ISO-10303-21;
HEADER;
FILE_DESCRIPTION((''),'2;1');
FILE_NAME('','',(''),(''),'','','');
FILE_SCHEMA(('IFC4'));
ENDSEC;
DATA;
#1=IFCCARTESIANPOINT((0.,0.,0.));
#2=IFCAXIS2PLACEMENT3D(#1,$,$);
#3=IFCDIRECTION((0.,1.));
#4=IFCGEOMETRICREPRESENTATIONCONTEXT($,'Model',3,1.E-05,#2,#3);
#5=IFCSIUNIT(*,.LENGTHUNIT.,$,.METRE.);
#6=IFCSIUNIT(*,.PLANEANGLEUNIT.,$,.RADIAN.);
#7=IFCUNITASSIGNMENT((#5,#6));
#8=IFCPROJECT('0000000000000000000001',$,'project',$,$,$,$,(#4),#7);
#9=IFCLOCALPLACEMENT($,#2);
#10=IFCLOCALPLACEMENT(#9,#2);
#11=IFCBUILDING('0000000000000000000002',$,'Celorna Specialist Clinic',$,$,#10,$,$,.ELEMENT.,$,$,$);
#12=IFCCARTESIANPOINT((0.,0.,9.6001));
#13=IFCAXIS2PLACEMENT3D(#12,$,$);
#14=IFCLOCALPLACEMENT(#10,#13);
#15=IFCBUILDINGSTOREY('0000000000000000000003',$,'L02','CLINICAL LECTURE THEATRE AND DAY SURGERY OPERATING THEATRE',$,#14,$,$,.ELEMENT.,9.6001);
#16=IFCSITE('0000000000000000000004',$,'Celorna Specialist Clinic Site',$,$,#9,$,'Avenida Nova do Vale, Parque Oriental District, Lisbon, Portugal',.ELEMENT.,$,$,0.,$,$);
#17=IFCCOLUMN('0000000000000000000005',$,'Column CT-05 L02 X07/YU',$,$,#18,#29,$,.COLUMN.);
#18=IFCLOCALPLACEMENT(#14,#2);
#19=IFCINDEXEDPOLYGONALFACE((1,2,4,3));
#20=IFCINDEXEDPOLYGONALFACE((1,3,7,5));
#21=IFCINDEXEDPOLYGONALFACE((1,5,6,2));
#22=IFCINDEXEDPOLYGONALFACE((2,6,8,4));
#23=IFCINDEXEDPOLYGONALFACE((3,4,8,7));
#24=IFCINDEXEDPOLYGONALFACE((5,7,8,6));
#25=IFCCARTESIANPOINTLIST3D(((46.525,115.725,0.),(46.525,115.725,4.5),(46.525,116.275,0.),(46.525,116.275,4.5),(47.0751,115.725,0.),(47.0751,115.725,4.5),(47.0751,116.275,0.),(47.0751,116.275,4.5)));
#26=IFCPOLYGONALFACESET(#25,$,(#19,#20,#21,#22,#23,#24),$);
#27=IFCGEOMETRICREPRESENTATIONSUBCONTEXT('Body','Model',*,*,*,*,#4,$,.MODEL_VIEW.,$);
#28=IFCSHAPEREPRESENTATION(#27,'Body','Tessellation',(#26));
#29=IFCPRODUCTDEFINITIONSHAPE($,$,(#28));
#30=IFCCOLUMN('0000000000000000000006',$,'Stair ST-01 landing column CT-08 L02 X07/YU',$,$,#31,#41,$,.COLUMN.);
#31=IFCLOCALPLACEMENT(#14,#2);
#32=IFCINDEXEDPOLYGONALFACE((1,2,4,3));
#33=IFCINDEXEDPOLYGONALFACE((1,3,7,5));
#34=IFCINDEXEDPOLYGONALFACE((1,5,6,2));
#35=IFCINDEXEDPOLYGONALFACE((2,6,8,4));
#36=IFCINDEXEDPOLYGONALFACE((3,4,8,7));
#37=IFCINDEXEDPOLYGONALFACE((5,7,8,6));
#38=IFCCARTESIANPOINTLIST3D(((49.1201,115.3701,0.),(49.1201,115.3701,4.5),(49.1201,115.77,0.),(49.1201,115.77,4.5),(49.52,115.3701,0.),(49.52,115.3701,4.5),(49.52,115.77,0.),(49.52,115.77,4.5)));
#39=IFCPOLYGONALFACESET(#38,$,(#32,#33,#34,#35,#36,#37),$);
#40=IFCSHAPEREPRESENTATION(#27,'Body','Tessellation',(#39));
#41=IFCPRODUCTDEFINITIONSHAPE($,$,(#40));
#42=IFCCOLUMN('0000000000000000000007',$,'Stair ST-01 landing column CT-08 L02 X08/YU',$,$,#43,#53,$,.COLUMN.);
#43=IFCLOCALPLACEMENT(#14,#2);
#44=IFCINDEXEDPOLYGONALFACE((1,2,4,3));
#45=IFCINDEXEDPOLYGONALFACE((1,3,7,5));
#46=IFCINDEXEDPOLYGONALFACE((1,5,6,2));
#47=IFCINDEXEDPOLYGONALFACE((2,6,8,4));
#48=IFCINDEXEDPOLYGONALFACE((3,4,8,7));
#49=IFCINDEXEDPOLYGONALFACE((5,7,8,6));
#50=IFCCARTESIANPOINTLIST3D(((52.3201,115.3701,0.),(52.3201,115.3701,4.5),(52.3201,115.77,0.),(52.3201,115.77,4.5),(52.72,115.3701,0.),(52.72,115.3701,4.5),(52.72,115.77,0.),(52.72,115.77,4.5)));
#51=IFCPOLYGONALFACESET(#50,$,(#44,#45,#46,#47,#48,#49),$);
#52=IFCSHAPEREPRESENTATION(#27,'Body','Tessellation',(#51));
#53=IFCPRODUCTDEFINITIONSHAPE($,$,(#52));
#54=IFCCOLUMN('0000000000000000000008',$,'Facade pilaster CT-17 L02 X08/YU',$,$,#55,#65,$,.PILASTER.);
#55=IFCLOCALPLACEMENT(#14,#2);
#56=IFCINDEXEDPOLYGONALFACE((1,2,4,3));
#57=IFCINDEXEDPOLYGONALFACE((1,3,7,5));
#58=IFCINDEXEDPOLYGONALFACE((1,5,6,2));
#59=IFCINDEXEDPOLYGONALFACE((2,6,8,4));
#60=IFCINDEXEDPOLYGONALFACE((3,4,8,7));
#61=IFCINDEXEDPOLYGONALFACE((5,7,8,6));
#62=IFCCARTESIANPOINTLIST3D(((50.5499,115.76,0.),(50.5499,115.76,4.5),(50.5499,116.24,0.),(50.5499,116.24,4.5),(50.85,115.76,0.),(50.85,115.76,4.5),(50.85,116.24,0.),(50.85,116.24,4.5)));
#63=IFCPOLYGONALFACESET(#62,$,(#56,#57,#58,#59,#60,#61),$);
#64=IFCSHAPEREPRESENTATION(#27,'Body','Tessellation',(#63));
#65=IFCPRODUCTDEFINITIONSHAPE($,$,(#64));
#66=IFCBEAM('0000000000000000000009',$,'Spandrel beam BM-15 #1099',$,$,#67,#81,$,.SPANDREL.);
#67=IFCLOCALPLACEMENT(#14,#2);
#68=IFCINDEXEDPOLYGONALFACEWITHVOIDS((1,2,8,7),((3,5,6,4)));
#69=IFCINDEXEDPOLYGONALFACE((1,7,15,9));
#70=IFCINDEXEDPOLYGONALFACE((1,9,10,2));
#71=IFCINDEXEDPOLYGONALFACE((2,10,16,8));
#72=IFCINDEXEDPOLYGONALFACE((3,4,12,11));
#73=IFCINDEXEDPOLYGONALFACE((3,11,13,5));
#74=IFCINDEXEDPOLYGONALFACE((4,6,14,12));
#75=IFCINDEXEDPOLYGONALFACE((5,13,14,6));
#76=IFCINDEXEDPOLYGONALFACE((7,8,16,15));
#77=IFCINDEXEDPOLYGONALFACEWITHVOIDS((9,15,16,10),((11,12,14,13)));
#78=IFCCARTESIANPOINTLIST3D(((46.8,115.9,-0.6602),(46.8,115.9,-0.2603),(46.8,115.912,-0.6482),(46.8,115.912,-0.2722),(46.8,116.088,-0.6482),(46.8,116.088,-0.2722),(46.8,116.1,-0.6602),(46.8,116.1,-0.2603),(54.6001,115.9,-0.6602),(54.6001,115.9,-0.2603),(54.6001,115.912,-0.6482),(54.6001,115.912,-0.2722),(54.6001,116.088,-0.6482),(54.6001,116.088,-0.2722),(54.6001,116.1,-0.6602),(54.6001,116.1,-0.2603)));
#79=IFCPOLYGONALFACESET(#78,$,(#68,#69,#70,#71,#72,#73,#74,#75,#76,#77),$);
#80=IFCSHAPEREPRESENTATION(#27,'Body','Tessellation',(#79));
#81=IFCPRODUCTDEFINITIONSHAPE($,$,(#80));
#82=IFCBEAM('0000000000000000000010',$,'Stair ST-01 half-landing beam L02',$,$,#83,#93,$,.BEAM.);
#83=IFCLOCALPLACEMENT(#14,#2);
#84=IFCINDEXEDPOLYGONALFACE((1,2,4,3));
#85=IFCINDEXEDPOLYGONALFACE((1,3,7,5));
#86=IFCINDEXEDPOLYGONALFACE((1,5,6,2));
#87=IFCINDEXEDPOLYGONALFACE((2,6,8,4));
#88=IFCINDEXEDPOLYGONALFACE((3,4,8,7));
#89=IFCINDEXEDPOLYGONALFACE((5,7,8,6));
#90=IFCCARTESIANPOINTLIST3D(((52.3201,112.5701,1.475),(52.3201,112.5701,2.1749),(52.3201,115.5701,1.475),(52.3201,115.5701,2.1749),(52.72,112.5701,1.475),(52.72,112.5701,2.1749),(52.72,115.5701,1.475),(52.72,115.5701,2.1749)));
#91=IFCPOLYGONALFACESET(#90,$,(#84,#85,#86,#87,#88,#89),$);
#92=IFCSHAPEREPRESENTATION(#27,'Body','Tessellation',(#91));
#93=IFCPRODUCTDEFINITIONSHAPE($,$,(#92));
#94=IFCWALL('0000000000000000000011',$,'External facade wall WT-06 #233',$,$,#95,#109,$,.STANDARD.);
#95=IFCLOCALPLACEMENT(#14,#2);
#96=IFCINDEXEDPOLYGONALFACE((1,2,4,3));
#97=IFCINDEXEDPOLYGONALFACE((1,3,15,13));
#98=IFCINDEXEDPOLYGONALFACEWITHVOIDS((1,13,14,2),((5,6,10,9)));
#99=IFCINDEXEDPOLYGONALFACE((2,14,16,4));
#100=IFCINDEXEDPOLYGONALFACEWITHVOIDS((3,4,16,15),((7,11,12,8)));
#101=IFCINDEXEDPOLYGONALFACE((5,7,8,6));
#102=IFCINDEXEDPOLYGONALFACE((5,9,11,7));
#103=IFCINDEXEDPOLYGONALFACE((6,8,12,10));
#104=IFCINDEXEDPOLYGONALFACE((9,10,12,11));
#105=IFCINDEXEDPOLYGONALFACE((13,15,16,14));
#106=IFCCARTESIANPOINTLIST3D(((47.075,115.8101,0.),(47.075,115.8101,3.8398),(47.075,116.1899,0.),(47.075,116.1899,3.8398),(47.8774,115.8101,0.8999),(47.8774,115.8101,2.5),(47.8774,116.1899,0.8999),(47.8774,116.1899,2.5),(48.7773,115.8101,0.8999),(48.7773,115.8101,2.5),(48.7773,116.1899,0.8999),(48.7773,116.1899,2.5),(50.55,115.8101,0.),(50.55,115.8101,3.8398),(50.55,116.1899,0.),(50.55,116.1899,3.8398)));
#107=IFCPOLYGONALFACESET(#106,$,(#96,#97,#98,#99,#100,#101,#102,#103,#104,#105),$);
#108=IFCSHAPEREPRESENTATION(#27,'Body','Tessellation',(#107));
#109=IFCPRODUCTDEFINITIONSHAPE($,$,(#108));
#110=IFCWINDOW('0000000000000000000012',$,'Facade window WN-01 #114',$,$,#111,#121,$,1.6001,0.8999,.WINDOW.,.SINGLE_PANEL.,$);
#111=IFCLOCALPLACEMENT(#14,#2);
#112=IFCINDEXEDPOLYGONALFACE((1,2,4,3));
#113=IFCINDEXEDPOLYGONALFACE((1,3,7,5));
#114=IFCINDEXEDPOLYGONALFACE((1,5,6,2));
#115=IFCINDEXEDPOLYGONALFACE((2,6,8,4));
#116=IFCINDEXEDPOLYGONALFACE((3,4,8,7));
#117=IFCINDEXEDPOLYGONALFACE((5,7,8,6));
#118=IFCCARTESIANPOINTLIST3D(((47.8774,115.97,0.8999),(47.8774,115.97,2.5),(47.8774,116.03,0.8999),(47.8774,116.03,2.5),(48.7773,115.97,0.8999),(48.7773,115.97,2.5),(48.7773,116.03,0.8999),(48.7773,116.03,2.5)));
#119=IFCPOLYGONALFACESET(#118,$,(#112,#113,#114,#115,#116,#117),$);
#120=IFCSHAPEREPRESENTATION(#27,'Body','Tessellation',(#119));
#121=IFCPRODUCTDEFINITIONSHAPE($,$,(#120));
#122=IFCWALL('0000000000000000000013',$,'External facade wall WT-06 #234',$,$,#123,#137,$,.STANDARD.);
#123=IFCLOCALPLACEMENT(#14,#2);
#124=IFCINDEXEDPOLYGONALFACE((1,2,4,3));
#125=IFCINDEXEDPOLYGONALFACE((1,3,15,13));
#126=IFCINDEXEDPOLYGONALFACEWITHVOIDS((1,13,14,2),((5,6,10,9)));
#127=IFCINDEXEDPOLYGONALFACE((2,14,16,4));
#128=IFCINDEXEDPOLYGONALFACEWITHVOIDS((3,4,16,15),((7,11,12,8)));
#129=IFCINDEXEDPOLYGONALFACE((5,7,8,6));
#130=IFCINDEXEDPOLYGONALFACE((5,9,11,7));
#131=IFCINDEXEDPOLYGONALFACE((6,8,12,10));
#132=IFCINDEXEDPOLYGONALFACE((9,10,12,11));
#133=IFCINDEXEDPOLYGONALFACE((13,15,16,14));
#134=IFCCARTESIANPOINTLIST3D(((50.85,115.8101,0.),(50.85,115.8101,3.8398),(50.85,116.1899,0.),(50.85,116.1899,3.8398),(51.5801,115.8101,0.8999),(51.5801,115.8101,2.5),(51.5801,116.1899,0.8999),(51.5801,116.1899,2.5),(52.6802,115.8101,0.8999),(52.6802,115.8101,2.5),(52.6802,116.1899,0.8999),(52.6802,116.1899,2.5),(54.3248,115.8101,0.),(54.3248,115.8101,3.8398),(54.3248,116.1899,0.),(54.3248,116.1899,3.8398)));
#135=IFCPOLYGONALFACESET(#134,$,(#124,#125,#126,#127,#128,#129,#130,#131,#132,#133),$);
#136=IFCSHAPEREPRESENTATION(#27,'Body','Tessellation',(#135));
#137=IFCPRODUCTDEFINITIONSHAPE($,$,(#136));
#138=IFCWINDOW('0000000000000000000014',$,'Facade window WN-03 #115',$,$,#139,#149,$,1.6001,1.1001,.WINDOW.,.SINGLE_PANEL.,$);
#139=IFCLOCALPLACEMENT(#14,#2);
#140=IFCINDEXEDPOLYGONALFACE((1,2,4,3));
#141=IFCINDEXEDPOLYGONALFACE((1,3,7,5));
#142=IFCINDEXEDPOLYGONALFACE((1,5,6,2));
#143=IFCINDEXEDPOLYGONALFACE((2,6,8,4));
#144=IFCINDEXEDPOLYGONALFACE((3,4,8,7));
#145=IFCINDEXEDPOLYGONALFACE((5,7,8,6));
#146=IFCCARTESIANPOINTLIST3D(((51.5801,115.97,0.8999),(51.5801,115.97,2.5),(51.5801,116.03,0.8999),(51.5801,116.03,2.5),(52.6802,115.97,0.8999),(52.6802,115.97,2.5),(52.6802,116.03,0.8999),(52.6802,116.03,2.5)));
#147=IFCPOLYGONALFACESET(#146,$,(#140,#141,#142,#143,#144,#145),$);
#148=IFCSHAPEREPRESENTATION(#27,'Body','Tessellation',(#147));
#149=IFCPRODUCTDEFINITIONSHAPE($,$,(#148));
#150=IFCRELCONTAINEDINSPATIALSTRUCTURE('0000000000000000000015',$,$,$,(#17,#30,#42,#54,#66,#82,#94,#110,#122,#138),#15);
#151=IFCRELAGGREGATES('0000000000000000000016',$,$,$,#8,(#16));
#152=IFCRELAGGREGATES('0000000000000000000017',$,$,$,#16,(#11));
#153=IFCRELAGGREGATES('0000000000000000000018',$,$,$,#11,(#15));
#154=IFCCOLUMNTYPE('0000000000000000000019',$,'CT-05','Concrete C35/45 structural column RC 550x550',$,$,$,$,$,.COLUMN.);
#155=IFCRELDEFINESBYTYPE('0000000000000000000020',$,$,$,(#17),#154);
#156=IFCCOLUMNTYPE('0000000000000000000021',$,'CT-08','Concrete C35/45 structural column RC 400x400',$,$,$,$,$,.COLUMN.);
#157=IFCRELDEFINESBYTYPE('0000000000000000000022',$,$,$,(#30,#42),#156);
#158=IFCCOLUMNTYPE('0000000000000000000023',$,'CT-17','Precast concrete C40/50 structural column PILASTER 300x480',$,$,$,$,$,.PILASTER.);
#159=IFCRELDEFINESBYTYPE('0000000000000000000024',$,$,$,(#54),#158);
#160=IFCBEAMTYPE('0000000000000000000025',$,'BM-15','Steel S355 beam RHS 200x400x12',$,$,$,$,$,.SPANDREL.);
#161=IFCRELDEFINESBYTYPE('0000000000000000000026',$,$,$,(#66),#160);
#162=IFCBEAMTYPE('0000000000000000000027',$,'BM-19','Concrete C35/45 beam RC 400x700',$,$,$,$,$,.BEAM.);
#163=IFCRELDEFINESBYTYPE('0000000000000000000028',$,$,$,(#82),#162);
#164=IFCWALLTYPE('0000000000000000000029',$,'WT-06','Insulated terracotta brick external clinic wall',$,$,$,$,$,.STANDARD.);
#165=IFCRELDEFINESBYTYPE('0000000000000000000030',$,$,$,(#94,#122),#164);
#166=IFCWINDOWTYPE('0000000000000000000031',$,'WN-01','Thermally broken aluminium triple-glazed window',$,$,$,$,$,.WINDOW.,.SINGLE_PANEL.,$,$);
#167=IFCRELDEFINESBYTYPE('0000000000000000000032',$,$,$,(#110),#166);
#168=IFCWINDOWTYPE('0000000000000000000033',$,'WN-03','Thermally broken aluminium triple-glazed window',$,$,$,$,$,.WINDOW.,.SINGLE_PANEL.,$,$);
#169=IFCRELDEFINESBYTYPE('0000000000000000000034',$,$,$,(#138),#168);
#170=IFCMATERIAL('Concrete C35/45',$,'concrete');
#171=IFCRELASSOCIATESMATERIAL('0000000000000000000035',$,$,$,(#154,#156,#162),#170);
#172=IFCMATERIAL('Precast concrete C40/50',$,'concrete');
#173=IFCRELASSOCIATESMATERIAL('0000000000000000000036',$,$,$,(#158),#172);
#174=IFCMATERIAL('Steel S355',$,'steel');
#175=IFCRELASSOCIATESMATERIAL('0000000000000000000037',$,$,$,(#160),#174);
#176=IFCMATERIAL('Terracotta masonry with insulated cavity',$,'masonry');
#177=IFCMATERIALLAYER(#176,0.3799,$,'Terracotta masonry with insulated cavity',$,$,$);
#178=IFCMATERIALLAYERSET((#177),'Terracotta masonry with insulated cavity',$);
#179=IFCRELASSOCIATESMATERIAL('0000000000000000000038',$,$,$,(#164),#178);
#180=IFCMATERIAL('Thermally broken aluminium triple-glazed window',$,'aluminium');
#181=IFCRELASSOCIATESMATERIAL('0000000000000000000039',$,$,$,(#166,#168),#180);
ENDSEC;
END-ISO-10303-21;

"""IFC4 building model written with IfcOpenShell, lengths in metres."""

from ifc_helpers import new_model, si_unit, direction, frame, frame_2d, origin, origin_2d, place, context, subcontext, project, spatial, rectangle, hollow_rectangle, extrude, material, layer, layer_set, material_profile, profile_set, type_object, element, fill, save


model = new_model("IFC4")

# Units and contexts
model_context = context("Model", 3, precision=1e-05, world=origin(), true_north=direction((0.0, 1.0)))
body_context = subcontext(model_context, "Body", "Model", "MODEL_VIEW")
ifc_project = project(units=[si_unit("LENGTHUNIT", "METRE"), si_unit("PLANEANGLEUNIT", "RADIAN")], contexts=[model_context])

# Site, building, storey
site_placement = place(None, origin())
site = spatial("IfcSite", under=ifc_project, at=site_placement, Name="Celorna Specialist Clinic Site", LongName="Avenida Nova do Vale, Parque Oriental District, Lisbon, Portugal", CompositionType="ELEMENT", RefElevation=0.0)
building_placement = place(site_placement, origin())
building = spatial("IfcBuilding", under=site, at=building_placement, Name="Celorna Specialist Clinic", CompositionType="ELEMENT")
storey_placement = place(building_placement, frame((0.0, 0.0, 9.6001)))
storey = spatial("IfcBuildingStorey", under=building, at=storey_placement, Name="L02", Description="CLINICAL LECTURE THEATRE AND DAY SURGERY OPERATING THEATRE", CompositionType="ELEMENT", Elevation=9.6001)

# Columns
ifc_material_1 = material(Name="Concrete C35/45", Category="concrete")
ifc_material_profile_1 = material_profile(ifc_material_1, rectangle(XDim=0.55, YDim=0.55, at=origin_2d()), Name="RC 550x550")
ifc_profile_set_1 = profile_set([ifc_material_profile_1], Name="Concrete C35/45")
column_type_1 = type_object("IfcColumnType", Name="CT-05", Description="Concrete C35/45 structural column RC 550x550", PredefinedType="COLUMN", material=ifc_profile_set_1)
column_1_placement = place(storey_placement, frame((46.8, 116.0, 0.0), z_axis=(0.0, 0.0, 1.0), x_axis=(1.0, 0.0, 0.0)))
element("IfcColumn", 1, at=column_1_placement, inside=storey, type_object=column_type_1, Name="Column CT-05 L02 X07/YU", PredefinedType="COLUMN", context=body_context, shape_type="SweptSolid", body=[
    extrude(rectangle(XDim=0.55, YDim=0.55, at=origin_2d()), origin(), (0.0, 0.0, 1.0), 4.5),
])
ifc_material_profile_2 = material_profile(ifc_material_1, rectangle(XDim=0.3999, YDim=0.3999, at=origin_2d()), Name="RC 400x400")
ifc_profile_set_2 = profile_set([ifc_material_profile_2], Name="Concrete C35/45")
column_type_2 = type_object("IfcColumnType", Name="CT-08", Description="Concrete C35/45 structural column RC 400x400", PredefinedType="COLUMN", material=ifc_profile_set_2)
for number, where, z_axis, x_axis, name in (
    (2, (49.3201, 115.5701, 0.0), (0.0, 0.0, 1.0), (1.0, 0.0, 0.0), "Stair ST-01 landing column CT-08 L02 X07/YU"),
    (3, (52.52, 115.5701, 0.0), (0.0, 0.0, 1.0), (1.0, 0.0, 0.0), "Stair ST-01 landing column CT-08 L02 X08/YU"),
):
    element("IfcColumn", number, at=place(storey_placement, frame(where, z_axis=z_axis, x_axis=x_axis)), inside=storey, type_object=column_type_2, Name=name, PredefinedType="COLUMN", context=body_context, shape_type="SweptSolid", body=[
        extrude(rectangle(XDim=0.3999, YDim=0.3999, at=origin_2d()), origin(), (0.0, 0.0, 1.0), 4.5),
    ])
ifc_material_2 = material(Name="Precast concrete C40/50", Category="concrete")
ifc_material_profile_3 = material_profile(ifc_material_2, rectangle(XDim=0.3, YDim=0.48, at=origin_2d()), Name="PILASTER 300x480")
ifc_profile_set_3 = profile_set([ifc_material_profile_3], Name="Precast concrete C40/50")
column_type_3 = type_object("IfcColumnType", Name="CT-17", Description="Precast concrete C40/50 structural column PILASTER 300x480", PredefinedType="PILASTER", material=ifc_profile_set_3)
column_2_placement = place(storey_placement, frame((50.7, 116.0, 0.0), z_axis=(0.0, 0.0, 1.0), x_axis=(1.0, 0.0, 0.0)))
element("IfcColumn", 4, at=column_2_placement, inside=storey, type_object=column_type_3, Name="Facade pilaster CT-17 L02 X08/YU", PredefinedType="PILASTER", context=body_context, shape_type="SweptSolid", body=[
    extrude(rectangle(XDim=0.3, YDim=0.48, at=origin_2d()), origin(), (0.0, 0.0, 1.0), 4.5),
])

# Beams
ifc_material_3 = material(Name="Steel S355", Category="steel")
ifc_material_profile_4 = material_profile(ifc_material_3, hollow_rectangle(XDim=0.2, YDim=0.3999, WallThickness=0.012, at=origin_2d()), Name="RHS 200x400x12")
ifc_profile_set_4 = profile_set([ifc_material_profile_4], Name="Steel S355")
beam_type_1 = type_object("IfcBeamType", Name="BM-15", Description="Steel S355 beam RHS 200x400x12", PredefinedType="SPANDREL", material=ifc_profile_set_4)
beam_1_placement = place(storey_placement, frame((46.8, 116.0, -0.4602), z_axis=(1.0, 0.0, 0.0), x_axis=(0.0, 1.0, 0.0)))
element("IfcBeam", 5, at=beam_1_placement, inside=storey, type_object=beam_type_1, Name="Spandrel beam BM-15 #1099", PredefinedType="SPANDREL", context=body_context, shape_type="SweptSolid", body=[
    extrude(hollow_rectangle(XDim=0.2, YDim=0.3999, WallThickness=0.012, at=origin_2d()), origin(), (0.0, 0.0, 1.0), 7.8),
])
ifc_material_profile_5 = material_profile(ifc_material_1, rectangle(XDim=0.3999, YDim=0.7, at=origin_2d()), Name="RC 400x700")
ifc_profile_set_5 = profile_set([ifc_material_profile_5], Name="Concrete C35/45")
beam_type_2 = type_object("IfcBeamType", Name="BM-19", Description="Concrete C35/45 beam RC 400x700", PredefinedType="BEAM", material=ifc_profile_set_5)
beam_2_placement = place(storey_placement, frame((52.52, 112.5701, 1.825), z_axis=(0.0, 1.0, 0.0), x_axis=(-1.0, 0.0, 0.0)))
element("IfcBeam", 6, at=beam_2_placement, inside=storey, type_object=beam_type_2, Name="Stair ST-01 half-landing beam L02", PredefinedType="BEAM", context=body_context, shape_type="SweptSolid", body=[
    extrude(rectangle(XDim=0.3999, YDim=0.7, at=origin_2d()), origin(), (0.0, 0.0, 1.0), 3.0),
])

# Walls, openings, windows
ifc_material_4 = material(Name="Terracotta masonry with insulated cavity", Category="masonry")
ifc_layer_1 = layer(ifc_material_4, 0.3799, Name="Terracotta masonry with insulated cavity")
ifc_layer_set_1 = layer_set([ifc_layer_1], Name="Terracotta masonry with insulated cavity")
wall_type = type_object("IfcWallType", Name="WT-06", Description="Insulated terracotta brick external clinic wall", PredefinedType="STANDARD", material=ifc_layer_set_1)
wall_1_placement = place(storey_placement, frame((47.075, 116.0, 0.0), z_axis=(0.0, 0.0, 1.0), x_axis=(1.0, 0.0, 0.0)))
wall_1 = element("IfcWall", 7, at=wall_1_placement, inside=storey, type_object=wall_type, Name="External facade wall WT-06 #233", PredefinedType="STANDARD", context=body_context, shape_type="SweptSolid", body=[
    extrude(rectangle(XDim=3.4751, YDim=0.3799, at=frame_2d((1.7375, 0.0))), origin(), (0.0, 0.0, 1.0), 3.8398),
])
opening_1_placement = place(wall_1_placement, frame((0.8025, 0.0, 0.8999)))
opening_1 = element("IfcOpeningElement", 8, at=opening_1_placement, cuts=wall_1, PredefinedType="OPENING", context=body_context, shape_type="SweptSolid", body=[
    extrude(rectangle(XDim=0.8999, YDim=1.6001, at=frame_2d((0.45, 0.8))), frame((0.0, 0.2, 0.0), z_axis=(0.0, -1.0, 0.0), x_axis=(1.0, 0.0, 0.0)), (0.0, 0.0, 1.0), 0.3999),
])
ifc_material_5 = material(Name="Thermally broken aluminium triple-glazed window", Category="aluminium")
window_type_1 = type_object("IfcWindowType", Name="WN-01", Description="Thermally broken aluminium triple-glazed window", PartitioningType="SINGLE_PANEL", PredefinedType="WINDOW", material=ifc_material_5)
window_1_placement = place(opening_1_placement, origin())
window_1 = element("IfcWindow", 9, at=window_1_placement, inside=storey, type_object=window_type_1, Name="Facade window WN-01 #114", OverallHeight=1.6001, OverallWidth=0.8999, PartitioningType="SINGLE_PANEL", PredefinedType="WINDOW", context=body_context, shape_type="SweptSolid", body=[
    extrude(rectangle(XDim=0.8999, YDim=1.6001, at=frame_2d((0.45, 0.8))), frame((0.0, 0.03, 0.0), z_axis=(0.0, -1.0, 0.0), x_axis=(1.0, 0.0, 0.0)), (0.0, 0.0, 1.0), 0.0601),
])
fill(opening_1, window_1)
wall_2_placement = place(storey_placement, frame((50.8501, 116.0, 0.0), z_axis=(0.0, 0.0, 1.0), x_axis=(1.0, 0.0, 0.0)))
wall_2 = element("IfcWall", 10, at=wall_2_placement, inside=storey, type_object=wall_type, Name="External facade wall WT-06 #234", PredefinedType="STANDARD", context=body_context, shape_type="SweptSolid", body=[
    extrude(rectangle(XDim=3.4749, YDim=0.3799, at=frame_2d((1.7373, 0.0))), origin(), (0.0, 0.0, 1.0), 3.8398),
])
opening_2_placement = place(wall_2_placement, frame((0.73, 0.0, 0.8999)))
opening_2 = element("IfcOpeningElement", 11, at=opening_2_placement, cuts=wall_2, PredefinedType="OPENING", context=body_context, shape_type="SweptSolid", body=[
    extrude(rectangle(XDim=1.1001, YDim=1.6001, at=frame_2d((0.55, 0.8))), frame((0.0, 0.2, 0.0), z_axis=(0.0, -1.0, 0.0), x_axis=(1.0, 0.0, 0.0)), (0.0, 0.0, 1.0), 0.3999),
])
window_type_2 = type_object("IfcWindowType", Name="WN-03", Description="Thermally broken aluminium triple-glazed window", PartitioningType="SINGLE_PANEL", PredefinedType="WINDOW", material=ifc_material_5)
window_2_placement = place(opening_2_placement, origin())
window_2 = element("IfcWindow", 12, at=window_2_placement, inside=storey, type_object=window_type_2, Name="Facade window WN-03 #115", OverallHeight=1.6001, OverallWidth=1.1001, PartitioningType="SINGLE_PANEL", PredefinedType="WINDOW", context=body_context, shape_type="SweptSolid", body=[
    extrude(rectangle(XDim=1.1001, YDim=1.6001, at=frame_2d((0.55, 0.8))), frame((0.0, 0.03, 0.0), z_axis=(0.0, -1.0, 0.0), x_axis=(1.0, 0.0, 0.0)), (0.0, 0.0, 1.0), 0.0601),
])
fill(opening_2, window_2)

save(model, "model.ifc")
